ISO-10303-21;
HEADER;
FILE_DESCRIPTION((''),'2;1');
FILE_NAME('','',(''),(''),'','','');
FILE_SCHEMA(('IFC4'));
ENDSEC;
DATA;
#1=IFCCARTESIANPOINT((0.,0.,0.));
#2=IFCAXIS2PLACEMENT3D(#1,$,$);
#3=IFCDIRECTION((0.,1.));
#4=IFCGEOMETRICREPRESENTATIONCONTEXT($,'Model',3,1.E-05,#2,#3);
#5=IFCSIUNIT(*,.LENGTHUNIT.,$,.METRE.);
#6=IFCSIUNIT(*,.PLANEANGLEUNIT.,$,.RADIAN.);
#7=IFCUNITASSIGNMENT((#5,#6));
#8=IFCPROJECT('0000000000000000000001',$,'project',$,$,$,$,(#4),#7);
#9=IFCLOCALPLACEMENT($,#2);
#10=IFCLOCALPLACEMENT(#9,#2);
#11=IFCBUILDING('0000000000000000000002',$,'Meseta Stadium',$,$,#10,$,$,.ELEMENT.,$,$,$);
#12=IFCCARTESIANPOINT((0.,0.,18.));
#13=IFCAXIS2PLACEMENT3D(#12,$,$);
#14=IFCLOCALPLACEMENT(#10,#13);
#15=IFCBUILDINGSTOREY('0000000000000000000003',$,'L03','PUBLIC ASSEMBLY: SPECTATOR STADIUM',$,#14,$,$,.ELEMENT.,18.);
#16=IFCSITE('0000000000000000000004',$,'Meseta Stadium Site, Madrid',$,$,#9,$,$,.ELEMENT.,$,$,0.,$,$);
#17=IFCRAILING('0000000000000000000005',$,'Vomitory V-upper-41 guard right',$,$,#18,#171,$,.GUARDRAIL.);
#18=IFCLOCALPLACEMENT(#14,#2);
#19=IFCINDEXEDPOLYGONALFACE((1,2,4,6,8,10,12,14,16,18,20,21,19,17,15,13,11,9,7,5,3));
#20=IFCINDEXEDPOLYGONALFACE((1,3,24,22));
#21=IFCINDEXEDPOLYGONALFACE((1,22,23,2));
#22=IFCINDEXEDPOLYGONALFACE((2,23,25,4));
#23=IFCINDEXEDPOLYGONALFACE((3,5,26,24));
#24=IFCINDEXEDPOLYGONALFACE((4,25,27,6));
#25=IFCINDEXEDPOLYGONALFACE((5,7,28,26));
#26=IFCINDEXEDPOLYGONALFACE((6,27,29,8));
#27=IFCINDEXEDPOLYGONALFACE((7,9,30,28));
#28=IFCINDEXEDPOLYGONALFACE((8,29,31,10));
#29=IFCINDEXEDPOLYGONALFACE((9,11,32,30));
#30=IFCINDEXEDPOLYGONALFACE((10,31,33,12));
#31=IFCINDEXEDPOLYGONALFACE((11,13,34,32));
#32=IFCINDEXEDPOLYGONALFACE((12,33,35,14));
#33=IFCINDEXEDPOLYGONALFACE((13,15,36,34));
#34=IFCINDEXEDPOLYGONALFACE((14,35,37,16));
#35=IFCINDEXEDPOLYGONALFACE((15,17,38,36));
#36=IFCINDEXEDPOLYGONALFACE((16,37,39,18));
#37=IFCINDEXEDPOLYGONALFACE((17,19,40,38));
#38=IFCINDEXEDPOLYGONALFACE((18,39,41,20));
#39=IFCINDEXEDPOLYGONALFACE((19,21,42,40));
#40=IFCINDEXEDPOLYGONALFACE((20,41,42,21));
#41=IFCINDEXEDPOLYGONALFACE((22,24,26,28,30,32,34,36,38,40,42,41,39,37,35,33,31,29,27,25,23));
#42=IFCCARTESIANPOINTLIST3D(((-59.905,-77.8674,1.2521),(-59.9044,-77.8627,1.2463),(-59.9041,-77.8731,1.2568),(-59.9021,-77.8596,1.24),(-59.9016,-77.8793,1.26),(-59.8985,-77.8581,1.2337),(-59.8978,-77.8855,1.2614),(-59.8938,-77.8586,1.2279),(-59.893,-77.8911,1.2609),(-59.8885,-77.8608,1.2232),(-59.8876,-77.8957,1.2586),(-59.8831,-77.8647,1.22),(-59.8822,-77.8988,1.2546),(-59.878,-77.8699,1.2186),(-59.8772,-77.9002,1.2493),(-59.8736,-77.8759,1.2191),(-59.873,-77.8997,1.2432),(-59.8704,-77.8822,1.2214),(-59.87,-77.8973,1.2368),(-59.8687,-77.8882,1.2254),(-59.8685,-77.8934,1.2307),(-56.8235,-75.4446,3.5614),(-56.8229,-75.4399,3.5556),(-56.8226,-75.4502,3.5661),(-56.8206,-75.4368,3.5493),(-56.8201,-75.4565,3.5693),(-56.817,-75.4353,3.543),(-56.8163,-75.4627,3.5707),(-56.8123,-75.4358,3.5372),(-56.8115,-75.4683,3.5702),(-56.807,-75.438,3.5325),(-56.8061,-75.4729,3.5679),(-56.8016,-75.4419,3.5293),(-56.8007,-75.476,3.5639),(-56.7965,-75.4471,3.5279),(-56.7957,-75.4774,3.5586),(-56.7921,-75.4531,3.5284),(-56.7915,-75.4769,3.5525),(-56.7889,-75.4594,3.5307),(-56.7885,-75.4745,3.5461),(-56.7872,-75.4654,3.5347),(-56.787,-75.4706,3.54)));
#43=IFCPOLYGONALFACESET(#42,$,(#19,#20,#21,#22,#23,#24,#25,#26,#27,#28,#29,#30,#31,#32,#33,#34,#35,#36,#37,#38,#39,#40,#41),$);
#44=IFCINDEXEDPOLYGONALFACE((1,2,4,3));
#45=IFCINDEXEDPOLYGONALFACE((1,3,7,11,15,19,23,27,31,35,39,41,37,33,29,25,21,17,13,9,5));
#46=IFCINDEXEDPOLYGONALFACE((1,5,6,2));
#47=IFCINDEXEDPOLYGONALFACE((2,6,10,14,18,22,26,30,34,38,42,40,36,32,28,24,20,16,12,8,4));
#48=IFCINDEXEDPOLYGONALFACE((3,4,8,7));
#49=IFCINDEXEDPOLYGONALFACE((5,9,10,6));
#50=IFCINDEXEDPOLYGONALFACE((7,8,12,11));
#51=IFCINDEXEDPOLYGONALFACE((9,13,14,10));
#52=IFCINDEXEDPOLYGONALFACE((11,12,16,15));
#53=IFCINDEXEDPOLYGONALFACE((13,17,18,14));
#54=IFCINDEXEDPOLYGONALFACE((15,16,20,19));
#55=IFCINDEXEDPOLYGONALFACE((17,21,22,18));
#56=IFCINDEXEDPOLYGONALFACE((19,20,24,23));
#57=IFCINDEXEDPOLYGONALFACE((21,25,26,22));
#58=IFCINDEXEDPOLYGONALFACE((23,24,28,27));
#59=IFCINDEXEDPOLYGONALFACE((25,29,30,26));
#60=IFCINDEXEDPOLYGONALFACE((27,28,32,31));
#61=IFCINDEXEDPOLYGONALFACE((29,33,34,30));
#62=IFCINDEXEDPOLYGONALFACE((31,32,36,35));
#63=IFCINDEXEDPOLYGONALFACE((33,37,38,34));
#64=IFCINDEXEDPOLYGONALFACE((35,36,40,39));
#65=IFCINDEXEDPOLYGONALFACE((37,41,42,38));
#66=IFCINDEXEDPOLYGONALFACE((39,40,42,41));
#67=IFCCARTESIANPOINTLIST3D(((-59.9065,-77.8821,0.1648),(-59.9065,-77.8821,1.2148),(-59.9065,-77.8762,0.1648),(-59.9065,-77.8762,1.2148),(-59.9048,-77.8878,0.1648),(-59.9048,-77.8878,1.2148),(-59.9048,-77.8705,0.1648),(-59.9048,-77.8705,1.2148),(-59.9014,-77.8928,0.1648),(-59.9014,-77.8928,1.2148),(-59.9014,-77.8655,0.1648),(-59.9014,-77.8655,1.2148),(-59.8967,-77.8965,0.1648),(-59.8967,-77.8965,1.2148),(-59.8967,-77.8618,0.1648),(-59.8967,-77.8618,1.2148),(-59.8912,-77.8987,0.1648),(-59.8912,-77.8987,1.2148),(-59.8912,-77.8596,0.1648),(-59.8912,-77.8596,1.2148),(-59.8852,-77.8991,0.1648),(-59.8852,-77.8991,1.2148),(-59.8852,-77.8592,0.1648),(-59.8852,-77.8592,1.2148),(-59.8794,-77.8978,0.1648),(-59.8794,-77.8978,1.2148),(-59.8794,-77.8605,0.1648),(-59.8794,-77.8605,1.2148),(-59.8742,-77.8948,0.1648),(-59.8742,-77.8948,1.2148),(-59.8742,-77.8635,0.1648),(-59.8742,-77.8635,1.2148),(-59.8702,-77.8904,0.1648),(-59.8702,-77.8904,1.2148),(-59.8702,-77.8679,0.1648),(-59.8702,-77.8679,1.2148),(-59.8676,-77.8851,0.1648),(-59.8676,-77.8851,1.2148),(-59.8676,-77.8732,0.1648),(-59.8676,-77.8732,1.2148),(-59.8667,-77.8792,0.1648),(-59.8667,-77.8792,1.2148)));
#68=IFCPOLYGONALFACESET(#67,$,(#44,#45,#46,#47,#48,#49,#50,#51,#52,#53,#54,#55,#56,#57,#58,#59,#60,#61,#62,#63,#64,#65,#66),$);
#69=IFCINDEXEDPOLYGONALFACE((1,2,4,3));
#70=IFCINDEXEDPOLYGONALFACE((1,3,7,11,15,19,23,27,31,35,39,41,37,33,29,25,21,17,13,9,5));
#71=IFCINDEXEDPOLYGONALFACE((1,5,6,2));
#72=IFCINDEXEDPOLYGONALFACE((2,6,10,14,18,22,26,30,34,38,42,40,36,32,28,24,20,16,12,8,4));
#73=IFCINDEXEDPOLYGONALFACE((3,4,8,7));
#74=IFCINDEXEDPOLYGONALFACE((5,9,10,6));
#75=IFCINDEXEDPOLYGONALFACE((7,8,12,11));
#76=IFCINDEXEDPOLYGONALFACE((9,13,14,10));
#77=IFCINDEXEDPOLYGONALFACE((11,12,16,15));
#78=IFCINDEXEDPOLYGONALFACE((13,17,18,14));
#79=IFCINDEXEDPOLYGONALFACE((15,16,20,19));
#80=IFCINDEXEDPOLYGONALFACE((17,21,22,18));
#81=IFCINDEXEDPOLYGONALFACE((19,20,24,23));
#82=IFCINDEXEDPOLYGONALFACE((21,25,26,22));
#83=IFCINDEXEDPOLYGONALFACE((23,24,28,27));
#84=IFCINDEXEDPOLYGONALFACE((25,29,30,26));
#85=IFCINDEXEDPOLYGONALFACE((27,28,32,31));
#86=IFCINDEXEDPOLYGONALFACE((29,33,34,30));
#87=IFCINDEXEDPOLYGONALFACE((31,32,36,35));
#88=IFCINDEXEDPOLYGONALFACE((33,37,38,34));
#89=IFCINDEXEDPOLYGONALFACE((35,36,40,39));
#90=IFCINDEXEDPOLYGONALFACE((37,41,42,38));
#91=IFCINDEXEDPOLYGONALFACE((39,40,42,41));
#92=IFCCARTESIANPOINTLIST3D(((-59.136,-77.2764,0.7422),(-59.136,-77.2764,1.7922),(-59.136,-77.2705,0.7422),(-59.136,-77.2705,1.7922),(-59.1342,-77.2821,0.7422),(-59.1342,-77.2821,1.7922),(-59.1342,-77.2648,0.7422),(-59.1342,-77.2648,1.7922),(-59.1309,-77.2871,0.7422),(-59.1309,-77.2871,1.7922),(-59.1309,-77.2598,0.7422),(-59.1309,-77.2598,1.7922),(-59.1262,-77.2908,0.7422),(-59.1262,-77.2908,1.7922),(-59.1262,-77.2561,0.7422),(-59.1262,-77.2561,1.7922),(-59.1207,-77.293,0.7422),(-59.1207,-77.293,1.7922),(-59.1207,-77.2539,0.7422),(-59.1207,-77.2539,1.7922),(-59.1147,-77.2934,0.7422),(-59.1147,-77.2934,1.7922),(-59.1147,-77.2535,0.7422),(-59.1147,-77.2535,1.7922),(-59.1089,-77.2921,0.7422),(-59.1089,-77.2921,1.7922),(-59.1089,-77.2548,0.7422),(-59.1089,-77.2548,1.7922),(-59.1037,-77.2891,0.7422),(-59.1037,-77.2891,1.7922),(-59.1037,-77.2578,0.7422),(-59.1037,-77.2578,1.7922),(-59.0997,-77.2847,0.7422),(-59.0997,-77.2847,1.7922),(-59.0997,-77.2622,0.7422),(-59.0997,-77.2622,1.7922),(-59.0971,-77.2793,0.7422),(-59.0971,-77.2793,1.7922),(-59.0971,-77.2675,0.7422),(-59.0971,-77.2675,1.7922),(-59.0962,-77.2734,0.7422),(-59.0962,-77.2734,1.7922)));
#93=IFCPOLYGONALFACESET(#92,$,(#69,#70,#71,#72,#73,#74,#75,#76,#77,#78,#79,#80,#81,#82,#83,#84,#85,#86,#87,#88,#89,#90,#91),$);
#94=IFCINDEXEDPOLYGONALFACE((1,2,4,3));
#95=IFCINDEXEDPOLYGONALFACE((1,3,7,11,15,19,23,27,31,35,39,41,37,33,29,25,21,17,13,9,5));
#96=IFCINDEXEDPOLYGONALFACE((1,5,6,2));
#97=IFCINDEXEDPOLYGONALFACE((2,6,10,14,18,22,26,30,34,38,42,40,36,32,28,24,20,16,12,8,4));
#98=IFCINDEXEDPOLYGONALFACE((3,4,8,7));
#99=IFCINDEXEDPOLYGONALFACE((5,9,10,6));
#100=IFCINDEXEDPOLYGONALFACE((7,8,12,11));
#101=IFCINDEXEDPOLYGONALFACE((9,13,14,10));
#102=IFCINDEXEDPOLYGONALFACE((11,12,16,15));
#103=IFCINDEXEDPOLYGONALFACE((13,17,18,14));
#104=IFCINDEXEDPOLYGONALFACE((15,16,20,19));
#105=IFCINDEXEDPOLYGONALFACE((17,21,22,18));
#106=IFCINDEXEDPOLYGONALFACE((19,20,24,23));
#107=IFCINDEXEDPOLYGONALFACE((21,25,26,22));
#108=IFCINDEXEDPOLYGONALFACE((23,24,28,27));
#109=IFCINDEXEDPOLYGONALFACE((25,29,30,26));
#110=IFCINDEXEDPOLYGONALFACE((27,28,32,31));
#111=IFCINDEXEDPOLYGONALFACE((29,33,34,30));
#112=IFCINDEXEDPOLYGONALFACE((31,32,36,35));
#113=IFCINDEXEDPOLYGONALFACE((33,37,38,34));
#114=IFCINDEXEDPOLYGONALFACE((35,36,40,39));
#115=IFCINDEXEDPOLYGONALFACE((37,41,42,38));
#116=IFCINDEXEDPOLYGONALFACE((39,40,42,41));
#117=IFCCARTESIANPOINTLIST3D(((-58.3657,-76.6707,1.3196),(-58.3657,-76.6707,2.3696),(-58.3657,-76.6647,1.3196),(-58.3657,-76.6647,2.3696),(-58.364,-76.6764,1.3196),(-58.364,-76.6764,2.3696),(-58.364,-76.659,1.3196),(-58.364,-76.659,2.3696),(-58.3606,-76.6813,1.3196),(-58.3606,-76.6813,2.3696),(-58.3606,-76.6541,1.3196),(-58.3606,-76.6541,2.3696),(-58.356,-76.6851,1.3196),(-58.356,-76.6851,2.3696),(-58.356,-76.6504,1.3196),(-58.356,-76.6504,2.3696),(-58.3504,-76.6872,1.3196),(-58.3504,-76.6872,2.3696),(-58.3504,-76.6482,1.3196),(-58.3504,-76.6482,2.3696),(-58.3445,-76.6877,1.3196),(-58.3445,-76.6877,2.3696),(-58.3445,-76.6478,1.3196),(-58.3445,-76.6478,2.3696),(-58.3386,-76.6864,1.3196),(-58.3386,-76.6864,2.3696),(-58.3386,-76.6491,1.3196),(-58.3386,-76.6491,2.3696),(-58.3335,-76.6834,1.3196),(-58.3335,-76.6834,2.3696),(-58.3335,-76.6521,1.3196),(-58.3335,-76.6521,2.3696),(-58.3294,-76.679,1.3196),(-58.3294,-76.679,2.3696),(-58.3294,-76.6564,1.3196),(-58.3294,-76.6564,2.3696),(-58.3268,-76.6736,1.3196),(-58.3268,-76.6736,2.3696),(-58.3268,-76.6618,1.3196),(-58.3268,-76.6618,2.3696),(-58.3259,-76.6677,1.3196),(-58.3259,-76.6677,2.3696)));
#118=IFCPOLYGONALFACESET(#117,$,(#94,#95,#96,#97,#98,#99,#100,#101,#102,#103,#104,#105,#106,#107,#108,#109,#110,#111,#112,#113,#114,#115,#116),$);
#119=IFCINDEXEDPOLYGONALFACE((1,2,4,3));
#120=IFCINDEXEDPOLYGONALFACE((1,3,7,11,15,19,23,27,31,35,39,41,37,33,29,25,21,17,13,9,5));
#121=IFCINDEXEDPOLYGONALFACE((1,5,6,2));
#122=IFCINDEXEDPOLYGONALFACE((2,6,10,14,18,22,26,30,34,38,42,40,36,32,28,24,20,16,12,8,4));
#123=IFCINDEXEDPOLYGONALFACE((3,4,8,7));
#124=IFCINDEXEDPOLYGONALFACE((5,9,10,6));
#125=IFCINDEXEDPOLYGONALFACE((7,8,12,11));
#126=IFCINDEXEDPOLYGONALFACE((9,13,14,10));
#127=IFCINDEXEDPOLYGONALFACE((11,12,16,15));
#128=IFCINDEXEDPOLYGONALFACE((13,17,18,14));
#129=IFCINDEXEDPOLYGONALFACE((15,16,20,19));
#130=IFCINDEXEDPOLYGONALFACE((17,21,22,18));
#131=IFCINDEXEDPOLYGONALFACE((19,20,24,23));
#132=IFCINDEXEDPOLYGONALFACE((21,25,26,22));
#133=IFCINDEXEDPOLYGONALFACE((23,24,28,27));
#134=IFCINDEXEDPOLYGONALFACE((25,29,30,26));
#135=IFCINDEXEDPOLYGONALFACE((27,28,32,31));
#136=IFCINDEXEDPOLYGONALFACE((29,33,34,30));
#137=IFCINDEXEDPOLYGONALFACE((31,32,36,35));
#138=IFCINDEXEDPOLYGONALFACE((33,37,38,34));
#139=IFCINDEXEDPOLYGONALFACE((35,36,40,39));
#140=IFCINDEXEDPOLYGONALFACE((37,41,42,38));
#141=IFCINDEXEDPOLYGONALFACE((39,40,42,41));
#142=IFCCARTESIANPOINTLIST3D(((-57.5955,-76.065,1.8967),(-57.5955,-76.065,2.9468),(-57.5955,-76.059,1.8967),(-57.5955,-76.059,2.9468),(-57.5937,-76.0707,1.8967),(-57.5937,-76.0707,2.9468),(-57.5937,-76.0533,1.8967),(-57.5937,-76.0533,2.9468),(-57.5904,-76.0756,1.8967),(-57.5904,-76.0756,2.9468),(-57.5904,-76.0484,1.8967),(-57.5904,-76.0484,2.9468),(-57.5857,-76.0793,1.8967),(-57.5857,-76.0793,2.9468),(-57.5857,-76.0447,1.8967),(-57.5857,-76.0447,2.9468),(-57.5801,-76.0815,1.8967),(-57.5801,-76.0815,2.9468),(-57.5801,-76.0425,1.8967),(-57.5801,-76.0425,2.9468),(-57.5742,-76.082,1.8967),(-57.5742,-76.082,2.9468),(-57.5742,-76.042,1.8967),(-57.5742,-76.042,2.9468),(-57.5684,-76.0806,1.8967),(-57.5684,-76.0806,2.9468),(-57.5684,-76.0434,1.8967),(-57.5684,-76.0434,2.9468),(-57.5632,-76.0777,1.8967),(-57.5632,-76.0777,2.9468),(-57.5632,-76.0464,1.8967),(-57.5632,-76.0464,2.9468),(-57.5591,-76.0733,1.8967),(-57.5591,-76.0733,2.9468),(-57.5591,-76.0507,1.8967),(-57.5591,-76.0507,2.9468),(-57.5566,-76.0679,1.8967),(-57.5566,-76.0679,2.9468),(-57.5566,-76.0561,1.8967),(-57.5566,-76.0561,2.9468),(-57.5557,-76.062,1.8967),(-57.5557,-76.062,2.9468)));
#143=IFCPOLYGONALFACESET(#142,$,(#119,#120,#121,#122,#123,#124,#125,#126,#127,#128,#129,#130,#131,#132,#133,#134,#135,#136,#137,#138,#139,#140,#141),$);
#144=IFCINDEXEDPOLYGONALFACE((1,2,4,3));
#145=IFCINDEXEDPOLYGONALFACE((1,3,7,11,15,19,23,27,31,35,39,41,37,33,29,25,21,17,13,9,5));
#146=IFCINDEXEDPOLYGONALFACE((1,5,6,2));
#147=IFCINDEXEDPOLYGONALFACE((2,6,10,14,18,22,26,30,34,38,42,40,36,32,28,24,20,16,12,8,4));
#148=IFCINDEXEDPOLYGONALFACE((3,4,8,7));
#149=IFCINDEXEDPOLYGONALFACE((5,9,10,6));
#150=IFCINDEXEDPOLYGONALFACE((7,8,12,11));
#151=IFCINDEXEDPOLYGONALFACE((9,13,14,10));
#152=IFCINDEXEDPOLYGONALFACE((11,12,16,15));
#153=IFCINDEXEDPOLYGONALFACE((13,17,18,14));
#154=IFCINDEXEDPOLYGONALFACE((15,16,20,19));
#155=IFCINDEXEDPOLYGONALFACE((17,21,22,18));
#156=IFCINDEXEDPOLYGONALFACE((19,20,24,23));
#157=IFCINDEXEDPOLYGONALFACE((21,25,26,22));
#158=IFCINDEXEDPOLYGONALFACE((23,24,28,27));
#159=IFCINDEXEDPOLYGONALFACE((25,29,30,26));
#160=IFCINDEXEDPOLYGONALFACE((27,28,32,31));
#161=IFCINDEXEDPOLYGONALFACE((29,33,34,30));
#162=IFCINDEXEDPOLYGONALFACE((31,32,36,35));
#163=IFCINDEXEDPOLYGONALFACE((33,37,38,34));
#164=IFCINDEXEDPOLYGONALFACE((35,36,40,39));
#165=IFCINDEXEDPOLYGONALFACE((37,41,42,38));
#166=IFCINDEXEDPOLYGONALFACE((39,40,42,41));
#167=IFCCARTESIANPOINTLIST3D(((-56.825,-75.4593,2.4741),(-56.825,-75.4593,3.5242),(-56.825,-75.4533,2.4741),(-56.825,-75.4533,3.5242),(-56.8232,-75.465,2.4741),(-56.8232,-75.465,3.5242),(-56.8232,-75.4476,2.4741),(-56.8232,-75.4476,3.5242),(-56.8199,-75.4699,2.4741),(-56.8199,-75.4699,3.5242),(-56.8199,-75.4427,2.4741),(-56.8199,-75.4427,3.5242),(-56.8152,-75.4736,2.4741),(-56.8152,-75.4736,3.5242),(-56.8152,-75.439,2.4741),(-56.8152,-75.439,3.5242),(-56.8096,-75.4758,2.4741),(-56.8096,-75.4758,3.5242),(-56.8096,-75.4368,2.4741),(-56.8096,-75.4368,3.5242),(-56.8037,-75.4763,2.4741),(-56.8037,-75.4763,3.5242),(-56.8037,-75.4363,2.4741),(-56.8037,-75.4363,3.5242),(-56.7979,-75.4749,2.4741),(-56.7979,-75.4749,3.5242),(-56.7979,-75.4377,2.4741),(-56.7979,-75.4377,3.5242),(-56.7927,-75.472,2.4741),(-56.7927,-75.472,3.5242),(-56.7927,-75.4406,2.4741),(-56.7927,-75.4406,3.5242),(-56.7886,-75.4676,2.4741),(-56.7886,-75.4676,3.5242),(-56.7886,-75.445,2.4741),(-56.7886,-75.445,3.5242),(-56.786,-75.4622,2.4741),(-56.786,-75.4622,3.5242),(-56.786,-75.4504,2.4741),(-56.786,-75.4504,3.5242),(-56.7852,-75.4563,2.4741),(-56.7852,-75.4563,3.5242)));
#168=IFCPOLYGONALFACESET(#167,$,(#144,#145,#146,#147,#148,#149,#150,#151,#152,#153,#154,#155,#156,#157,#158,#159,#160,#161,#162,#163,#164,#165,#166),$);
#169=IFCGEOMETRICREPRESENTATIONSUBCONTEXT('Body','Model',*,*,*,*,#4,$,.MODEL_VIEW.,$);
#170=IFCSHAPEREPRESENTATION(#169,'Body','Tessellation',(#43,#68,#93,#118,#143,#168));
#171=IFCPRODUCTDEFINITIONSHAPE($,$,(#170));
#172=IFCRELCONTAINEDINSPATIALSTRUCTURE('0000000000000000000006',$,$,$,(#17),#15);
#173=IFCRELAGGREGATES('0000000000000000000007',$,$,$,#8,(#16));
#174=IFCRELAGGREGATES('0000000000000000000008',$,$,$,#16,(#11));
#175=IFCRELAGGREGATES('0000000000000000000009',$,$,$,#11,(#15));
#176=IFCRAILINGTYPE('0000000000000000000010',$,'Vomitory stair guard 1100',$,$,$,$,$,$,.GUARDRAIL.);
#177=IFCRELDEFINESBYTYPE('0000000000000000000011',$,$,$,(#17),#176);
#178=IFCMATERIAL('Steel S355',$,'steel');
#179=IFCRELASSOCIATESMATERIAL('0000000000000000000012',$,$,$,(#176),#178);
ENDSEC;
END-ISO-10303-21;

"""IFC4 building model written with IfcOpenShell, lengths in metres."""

from ifc_helpers import new_model, si_unit, direction, frame, origin, origin_2d, place, context, subcontext, project, spatial, circle, extrude, material, type_object, element, save


model = new_model("IFC4")

# Units and contexts
model_context = context("Model", 3, precision=1e-05, world=origin(), true_north=direction((0.0, 1.0)))
body_context = subcontext(model_context, "Body", "Model", "MODEL_VIEW")
ifc_project = project(units=[si_unit("LENGTHUNIT", "METRE"), si_unit("PLANEANGLEUNIT", "RADIAN")], contexts=[model_context])

# Site, building, storey
site_placement = place(None, origin())
site = spatial("IfcSite", under=ifc_project, at=site_placement, Name="Meseta Stadium Site, Madrid", CompositionType="ELEMENT", RefElevation=0.0)
building_placement = place(site_placement, origin())
building = spatial("IfcBuilding", under=site, at=building_placement, Name="Meseta Stadium", CompositionType="ELEMENT")
storey_placement = place(building_placement, frame((0.0, 0.0, 18.0)))
storey = spatial("IfcBuildingStorey", under=building, at=storey_placement, Name="L03", Description="PUBLIC ASSEMBLY: SPECTATOR STADIUM", CompositionType="ELEMENT", Elevation=18.0)

# Railing
ifc_material_1 = material(Name="Steel S355", Category="steel")
railing_type_1 = type_object("IfcRailingType", Name="Vomitory stair guard 1100", PredefinedType="GUARDRAIL", material=ifc_material_1)
railing_1_placement = place(storey_placement, frame((-59.8867, -77.8792, 0.1648)))
element("IfcRailing", 1, at=railing_1_placement, inside=storey, type_object=railing_type_1, Name="Vomitory V-upper-41 guard right", PredefinedType="GUARDRAIL", context=body_context, shape_type="SweptSolid", body=[
    extrude(circle(Radius=0.0249, at=origin_2d()), frame((0.0, 0.0, 1.0752), z_axis=(0.677318, 0.532539, 0.507586), x_axis=(-0.61808, 0.786115, 0.0)), (0.0, 0.0, 1.0), 4.5496),
    extrude(circle(Radius=0.02, at=origin_2d()), origin(), (0.0, 0.0, 1.0), 1.05),
    extrude(circle(Radius=0.02, at=origin_2d()), frame((0.7705, 0.6057, 0.5774)), (0.0, 0.0, 1.0), 1.05),
    extrude(circle(Radius=0.02, at=origin_2d()), frame((1.5408, 1.2114, 1.1548)), (0.0, 0.0, 1.0), 1.05),
    extrude(circle(Radius=0.02, at=origin_2d()), frame((2.311, 1.8171, 1.7319)), (0.0, 0.0, 1.0), 1.05),
    extrude(circle(Radius=0.02, at=origin_2d()), frame((3.0815, 2.4229, 2.3093)), (0.0, 0.0, 1.0), 1.05),
])

save(model, "model.ifc")
